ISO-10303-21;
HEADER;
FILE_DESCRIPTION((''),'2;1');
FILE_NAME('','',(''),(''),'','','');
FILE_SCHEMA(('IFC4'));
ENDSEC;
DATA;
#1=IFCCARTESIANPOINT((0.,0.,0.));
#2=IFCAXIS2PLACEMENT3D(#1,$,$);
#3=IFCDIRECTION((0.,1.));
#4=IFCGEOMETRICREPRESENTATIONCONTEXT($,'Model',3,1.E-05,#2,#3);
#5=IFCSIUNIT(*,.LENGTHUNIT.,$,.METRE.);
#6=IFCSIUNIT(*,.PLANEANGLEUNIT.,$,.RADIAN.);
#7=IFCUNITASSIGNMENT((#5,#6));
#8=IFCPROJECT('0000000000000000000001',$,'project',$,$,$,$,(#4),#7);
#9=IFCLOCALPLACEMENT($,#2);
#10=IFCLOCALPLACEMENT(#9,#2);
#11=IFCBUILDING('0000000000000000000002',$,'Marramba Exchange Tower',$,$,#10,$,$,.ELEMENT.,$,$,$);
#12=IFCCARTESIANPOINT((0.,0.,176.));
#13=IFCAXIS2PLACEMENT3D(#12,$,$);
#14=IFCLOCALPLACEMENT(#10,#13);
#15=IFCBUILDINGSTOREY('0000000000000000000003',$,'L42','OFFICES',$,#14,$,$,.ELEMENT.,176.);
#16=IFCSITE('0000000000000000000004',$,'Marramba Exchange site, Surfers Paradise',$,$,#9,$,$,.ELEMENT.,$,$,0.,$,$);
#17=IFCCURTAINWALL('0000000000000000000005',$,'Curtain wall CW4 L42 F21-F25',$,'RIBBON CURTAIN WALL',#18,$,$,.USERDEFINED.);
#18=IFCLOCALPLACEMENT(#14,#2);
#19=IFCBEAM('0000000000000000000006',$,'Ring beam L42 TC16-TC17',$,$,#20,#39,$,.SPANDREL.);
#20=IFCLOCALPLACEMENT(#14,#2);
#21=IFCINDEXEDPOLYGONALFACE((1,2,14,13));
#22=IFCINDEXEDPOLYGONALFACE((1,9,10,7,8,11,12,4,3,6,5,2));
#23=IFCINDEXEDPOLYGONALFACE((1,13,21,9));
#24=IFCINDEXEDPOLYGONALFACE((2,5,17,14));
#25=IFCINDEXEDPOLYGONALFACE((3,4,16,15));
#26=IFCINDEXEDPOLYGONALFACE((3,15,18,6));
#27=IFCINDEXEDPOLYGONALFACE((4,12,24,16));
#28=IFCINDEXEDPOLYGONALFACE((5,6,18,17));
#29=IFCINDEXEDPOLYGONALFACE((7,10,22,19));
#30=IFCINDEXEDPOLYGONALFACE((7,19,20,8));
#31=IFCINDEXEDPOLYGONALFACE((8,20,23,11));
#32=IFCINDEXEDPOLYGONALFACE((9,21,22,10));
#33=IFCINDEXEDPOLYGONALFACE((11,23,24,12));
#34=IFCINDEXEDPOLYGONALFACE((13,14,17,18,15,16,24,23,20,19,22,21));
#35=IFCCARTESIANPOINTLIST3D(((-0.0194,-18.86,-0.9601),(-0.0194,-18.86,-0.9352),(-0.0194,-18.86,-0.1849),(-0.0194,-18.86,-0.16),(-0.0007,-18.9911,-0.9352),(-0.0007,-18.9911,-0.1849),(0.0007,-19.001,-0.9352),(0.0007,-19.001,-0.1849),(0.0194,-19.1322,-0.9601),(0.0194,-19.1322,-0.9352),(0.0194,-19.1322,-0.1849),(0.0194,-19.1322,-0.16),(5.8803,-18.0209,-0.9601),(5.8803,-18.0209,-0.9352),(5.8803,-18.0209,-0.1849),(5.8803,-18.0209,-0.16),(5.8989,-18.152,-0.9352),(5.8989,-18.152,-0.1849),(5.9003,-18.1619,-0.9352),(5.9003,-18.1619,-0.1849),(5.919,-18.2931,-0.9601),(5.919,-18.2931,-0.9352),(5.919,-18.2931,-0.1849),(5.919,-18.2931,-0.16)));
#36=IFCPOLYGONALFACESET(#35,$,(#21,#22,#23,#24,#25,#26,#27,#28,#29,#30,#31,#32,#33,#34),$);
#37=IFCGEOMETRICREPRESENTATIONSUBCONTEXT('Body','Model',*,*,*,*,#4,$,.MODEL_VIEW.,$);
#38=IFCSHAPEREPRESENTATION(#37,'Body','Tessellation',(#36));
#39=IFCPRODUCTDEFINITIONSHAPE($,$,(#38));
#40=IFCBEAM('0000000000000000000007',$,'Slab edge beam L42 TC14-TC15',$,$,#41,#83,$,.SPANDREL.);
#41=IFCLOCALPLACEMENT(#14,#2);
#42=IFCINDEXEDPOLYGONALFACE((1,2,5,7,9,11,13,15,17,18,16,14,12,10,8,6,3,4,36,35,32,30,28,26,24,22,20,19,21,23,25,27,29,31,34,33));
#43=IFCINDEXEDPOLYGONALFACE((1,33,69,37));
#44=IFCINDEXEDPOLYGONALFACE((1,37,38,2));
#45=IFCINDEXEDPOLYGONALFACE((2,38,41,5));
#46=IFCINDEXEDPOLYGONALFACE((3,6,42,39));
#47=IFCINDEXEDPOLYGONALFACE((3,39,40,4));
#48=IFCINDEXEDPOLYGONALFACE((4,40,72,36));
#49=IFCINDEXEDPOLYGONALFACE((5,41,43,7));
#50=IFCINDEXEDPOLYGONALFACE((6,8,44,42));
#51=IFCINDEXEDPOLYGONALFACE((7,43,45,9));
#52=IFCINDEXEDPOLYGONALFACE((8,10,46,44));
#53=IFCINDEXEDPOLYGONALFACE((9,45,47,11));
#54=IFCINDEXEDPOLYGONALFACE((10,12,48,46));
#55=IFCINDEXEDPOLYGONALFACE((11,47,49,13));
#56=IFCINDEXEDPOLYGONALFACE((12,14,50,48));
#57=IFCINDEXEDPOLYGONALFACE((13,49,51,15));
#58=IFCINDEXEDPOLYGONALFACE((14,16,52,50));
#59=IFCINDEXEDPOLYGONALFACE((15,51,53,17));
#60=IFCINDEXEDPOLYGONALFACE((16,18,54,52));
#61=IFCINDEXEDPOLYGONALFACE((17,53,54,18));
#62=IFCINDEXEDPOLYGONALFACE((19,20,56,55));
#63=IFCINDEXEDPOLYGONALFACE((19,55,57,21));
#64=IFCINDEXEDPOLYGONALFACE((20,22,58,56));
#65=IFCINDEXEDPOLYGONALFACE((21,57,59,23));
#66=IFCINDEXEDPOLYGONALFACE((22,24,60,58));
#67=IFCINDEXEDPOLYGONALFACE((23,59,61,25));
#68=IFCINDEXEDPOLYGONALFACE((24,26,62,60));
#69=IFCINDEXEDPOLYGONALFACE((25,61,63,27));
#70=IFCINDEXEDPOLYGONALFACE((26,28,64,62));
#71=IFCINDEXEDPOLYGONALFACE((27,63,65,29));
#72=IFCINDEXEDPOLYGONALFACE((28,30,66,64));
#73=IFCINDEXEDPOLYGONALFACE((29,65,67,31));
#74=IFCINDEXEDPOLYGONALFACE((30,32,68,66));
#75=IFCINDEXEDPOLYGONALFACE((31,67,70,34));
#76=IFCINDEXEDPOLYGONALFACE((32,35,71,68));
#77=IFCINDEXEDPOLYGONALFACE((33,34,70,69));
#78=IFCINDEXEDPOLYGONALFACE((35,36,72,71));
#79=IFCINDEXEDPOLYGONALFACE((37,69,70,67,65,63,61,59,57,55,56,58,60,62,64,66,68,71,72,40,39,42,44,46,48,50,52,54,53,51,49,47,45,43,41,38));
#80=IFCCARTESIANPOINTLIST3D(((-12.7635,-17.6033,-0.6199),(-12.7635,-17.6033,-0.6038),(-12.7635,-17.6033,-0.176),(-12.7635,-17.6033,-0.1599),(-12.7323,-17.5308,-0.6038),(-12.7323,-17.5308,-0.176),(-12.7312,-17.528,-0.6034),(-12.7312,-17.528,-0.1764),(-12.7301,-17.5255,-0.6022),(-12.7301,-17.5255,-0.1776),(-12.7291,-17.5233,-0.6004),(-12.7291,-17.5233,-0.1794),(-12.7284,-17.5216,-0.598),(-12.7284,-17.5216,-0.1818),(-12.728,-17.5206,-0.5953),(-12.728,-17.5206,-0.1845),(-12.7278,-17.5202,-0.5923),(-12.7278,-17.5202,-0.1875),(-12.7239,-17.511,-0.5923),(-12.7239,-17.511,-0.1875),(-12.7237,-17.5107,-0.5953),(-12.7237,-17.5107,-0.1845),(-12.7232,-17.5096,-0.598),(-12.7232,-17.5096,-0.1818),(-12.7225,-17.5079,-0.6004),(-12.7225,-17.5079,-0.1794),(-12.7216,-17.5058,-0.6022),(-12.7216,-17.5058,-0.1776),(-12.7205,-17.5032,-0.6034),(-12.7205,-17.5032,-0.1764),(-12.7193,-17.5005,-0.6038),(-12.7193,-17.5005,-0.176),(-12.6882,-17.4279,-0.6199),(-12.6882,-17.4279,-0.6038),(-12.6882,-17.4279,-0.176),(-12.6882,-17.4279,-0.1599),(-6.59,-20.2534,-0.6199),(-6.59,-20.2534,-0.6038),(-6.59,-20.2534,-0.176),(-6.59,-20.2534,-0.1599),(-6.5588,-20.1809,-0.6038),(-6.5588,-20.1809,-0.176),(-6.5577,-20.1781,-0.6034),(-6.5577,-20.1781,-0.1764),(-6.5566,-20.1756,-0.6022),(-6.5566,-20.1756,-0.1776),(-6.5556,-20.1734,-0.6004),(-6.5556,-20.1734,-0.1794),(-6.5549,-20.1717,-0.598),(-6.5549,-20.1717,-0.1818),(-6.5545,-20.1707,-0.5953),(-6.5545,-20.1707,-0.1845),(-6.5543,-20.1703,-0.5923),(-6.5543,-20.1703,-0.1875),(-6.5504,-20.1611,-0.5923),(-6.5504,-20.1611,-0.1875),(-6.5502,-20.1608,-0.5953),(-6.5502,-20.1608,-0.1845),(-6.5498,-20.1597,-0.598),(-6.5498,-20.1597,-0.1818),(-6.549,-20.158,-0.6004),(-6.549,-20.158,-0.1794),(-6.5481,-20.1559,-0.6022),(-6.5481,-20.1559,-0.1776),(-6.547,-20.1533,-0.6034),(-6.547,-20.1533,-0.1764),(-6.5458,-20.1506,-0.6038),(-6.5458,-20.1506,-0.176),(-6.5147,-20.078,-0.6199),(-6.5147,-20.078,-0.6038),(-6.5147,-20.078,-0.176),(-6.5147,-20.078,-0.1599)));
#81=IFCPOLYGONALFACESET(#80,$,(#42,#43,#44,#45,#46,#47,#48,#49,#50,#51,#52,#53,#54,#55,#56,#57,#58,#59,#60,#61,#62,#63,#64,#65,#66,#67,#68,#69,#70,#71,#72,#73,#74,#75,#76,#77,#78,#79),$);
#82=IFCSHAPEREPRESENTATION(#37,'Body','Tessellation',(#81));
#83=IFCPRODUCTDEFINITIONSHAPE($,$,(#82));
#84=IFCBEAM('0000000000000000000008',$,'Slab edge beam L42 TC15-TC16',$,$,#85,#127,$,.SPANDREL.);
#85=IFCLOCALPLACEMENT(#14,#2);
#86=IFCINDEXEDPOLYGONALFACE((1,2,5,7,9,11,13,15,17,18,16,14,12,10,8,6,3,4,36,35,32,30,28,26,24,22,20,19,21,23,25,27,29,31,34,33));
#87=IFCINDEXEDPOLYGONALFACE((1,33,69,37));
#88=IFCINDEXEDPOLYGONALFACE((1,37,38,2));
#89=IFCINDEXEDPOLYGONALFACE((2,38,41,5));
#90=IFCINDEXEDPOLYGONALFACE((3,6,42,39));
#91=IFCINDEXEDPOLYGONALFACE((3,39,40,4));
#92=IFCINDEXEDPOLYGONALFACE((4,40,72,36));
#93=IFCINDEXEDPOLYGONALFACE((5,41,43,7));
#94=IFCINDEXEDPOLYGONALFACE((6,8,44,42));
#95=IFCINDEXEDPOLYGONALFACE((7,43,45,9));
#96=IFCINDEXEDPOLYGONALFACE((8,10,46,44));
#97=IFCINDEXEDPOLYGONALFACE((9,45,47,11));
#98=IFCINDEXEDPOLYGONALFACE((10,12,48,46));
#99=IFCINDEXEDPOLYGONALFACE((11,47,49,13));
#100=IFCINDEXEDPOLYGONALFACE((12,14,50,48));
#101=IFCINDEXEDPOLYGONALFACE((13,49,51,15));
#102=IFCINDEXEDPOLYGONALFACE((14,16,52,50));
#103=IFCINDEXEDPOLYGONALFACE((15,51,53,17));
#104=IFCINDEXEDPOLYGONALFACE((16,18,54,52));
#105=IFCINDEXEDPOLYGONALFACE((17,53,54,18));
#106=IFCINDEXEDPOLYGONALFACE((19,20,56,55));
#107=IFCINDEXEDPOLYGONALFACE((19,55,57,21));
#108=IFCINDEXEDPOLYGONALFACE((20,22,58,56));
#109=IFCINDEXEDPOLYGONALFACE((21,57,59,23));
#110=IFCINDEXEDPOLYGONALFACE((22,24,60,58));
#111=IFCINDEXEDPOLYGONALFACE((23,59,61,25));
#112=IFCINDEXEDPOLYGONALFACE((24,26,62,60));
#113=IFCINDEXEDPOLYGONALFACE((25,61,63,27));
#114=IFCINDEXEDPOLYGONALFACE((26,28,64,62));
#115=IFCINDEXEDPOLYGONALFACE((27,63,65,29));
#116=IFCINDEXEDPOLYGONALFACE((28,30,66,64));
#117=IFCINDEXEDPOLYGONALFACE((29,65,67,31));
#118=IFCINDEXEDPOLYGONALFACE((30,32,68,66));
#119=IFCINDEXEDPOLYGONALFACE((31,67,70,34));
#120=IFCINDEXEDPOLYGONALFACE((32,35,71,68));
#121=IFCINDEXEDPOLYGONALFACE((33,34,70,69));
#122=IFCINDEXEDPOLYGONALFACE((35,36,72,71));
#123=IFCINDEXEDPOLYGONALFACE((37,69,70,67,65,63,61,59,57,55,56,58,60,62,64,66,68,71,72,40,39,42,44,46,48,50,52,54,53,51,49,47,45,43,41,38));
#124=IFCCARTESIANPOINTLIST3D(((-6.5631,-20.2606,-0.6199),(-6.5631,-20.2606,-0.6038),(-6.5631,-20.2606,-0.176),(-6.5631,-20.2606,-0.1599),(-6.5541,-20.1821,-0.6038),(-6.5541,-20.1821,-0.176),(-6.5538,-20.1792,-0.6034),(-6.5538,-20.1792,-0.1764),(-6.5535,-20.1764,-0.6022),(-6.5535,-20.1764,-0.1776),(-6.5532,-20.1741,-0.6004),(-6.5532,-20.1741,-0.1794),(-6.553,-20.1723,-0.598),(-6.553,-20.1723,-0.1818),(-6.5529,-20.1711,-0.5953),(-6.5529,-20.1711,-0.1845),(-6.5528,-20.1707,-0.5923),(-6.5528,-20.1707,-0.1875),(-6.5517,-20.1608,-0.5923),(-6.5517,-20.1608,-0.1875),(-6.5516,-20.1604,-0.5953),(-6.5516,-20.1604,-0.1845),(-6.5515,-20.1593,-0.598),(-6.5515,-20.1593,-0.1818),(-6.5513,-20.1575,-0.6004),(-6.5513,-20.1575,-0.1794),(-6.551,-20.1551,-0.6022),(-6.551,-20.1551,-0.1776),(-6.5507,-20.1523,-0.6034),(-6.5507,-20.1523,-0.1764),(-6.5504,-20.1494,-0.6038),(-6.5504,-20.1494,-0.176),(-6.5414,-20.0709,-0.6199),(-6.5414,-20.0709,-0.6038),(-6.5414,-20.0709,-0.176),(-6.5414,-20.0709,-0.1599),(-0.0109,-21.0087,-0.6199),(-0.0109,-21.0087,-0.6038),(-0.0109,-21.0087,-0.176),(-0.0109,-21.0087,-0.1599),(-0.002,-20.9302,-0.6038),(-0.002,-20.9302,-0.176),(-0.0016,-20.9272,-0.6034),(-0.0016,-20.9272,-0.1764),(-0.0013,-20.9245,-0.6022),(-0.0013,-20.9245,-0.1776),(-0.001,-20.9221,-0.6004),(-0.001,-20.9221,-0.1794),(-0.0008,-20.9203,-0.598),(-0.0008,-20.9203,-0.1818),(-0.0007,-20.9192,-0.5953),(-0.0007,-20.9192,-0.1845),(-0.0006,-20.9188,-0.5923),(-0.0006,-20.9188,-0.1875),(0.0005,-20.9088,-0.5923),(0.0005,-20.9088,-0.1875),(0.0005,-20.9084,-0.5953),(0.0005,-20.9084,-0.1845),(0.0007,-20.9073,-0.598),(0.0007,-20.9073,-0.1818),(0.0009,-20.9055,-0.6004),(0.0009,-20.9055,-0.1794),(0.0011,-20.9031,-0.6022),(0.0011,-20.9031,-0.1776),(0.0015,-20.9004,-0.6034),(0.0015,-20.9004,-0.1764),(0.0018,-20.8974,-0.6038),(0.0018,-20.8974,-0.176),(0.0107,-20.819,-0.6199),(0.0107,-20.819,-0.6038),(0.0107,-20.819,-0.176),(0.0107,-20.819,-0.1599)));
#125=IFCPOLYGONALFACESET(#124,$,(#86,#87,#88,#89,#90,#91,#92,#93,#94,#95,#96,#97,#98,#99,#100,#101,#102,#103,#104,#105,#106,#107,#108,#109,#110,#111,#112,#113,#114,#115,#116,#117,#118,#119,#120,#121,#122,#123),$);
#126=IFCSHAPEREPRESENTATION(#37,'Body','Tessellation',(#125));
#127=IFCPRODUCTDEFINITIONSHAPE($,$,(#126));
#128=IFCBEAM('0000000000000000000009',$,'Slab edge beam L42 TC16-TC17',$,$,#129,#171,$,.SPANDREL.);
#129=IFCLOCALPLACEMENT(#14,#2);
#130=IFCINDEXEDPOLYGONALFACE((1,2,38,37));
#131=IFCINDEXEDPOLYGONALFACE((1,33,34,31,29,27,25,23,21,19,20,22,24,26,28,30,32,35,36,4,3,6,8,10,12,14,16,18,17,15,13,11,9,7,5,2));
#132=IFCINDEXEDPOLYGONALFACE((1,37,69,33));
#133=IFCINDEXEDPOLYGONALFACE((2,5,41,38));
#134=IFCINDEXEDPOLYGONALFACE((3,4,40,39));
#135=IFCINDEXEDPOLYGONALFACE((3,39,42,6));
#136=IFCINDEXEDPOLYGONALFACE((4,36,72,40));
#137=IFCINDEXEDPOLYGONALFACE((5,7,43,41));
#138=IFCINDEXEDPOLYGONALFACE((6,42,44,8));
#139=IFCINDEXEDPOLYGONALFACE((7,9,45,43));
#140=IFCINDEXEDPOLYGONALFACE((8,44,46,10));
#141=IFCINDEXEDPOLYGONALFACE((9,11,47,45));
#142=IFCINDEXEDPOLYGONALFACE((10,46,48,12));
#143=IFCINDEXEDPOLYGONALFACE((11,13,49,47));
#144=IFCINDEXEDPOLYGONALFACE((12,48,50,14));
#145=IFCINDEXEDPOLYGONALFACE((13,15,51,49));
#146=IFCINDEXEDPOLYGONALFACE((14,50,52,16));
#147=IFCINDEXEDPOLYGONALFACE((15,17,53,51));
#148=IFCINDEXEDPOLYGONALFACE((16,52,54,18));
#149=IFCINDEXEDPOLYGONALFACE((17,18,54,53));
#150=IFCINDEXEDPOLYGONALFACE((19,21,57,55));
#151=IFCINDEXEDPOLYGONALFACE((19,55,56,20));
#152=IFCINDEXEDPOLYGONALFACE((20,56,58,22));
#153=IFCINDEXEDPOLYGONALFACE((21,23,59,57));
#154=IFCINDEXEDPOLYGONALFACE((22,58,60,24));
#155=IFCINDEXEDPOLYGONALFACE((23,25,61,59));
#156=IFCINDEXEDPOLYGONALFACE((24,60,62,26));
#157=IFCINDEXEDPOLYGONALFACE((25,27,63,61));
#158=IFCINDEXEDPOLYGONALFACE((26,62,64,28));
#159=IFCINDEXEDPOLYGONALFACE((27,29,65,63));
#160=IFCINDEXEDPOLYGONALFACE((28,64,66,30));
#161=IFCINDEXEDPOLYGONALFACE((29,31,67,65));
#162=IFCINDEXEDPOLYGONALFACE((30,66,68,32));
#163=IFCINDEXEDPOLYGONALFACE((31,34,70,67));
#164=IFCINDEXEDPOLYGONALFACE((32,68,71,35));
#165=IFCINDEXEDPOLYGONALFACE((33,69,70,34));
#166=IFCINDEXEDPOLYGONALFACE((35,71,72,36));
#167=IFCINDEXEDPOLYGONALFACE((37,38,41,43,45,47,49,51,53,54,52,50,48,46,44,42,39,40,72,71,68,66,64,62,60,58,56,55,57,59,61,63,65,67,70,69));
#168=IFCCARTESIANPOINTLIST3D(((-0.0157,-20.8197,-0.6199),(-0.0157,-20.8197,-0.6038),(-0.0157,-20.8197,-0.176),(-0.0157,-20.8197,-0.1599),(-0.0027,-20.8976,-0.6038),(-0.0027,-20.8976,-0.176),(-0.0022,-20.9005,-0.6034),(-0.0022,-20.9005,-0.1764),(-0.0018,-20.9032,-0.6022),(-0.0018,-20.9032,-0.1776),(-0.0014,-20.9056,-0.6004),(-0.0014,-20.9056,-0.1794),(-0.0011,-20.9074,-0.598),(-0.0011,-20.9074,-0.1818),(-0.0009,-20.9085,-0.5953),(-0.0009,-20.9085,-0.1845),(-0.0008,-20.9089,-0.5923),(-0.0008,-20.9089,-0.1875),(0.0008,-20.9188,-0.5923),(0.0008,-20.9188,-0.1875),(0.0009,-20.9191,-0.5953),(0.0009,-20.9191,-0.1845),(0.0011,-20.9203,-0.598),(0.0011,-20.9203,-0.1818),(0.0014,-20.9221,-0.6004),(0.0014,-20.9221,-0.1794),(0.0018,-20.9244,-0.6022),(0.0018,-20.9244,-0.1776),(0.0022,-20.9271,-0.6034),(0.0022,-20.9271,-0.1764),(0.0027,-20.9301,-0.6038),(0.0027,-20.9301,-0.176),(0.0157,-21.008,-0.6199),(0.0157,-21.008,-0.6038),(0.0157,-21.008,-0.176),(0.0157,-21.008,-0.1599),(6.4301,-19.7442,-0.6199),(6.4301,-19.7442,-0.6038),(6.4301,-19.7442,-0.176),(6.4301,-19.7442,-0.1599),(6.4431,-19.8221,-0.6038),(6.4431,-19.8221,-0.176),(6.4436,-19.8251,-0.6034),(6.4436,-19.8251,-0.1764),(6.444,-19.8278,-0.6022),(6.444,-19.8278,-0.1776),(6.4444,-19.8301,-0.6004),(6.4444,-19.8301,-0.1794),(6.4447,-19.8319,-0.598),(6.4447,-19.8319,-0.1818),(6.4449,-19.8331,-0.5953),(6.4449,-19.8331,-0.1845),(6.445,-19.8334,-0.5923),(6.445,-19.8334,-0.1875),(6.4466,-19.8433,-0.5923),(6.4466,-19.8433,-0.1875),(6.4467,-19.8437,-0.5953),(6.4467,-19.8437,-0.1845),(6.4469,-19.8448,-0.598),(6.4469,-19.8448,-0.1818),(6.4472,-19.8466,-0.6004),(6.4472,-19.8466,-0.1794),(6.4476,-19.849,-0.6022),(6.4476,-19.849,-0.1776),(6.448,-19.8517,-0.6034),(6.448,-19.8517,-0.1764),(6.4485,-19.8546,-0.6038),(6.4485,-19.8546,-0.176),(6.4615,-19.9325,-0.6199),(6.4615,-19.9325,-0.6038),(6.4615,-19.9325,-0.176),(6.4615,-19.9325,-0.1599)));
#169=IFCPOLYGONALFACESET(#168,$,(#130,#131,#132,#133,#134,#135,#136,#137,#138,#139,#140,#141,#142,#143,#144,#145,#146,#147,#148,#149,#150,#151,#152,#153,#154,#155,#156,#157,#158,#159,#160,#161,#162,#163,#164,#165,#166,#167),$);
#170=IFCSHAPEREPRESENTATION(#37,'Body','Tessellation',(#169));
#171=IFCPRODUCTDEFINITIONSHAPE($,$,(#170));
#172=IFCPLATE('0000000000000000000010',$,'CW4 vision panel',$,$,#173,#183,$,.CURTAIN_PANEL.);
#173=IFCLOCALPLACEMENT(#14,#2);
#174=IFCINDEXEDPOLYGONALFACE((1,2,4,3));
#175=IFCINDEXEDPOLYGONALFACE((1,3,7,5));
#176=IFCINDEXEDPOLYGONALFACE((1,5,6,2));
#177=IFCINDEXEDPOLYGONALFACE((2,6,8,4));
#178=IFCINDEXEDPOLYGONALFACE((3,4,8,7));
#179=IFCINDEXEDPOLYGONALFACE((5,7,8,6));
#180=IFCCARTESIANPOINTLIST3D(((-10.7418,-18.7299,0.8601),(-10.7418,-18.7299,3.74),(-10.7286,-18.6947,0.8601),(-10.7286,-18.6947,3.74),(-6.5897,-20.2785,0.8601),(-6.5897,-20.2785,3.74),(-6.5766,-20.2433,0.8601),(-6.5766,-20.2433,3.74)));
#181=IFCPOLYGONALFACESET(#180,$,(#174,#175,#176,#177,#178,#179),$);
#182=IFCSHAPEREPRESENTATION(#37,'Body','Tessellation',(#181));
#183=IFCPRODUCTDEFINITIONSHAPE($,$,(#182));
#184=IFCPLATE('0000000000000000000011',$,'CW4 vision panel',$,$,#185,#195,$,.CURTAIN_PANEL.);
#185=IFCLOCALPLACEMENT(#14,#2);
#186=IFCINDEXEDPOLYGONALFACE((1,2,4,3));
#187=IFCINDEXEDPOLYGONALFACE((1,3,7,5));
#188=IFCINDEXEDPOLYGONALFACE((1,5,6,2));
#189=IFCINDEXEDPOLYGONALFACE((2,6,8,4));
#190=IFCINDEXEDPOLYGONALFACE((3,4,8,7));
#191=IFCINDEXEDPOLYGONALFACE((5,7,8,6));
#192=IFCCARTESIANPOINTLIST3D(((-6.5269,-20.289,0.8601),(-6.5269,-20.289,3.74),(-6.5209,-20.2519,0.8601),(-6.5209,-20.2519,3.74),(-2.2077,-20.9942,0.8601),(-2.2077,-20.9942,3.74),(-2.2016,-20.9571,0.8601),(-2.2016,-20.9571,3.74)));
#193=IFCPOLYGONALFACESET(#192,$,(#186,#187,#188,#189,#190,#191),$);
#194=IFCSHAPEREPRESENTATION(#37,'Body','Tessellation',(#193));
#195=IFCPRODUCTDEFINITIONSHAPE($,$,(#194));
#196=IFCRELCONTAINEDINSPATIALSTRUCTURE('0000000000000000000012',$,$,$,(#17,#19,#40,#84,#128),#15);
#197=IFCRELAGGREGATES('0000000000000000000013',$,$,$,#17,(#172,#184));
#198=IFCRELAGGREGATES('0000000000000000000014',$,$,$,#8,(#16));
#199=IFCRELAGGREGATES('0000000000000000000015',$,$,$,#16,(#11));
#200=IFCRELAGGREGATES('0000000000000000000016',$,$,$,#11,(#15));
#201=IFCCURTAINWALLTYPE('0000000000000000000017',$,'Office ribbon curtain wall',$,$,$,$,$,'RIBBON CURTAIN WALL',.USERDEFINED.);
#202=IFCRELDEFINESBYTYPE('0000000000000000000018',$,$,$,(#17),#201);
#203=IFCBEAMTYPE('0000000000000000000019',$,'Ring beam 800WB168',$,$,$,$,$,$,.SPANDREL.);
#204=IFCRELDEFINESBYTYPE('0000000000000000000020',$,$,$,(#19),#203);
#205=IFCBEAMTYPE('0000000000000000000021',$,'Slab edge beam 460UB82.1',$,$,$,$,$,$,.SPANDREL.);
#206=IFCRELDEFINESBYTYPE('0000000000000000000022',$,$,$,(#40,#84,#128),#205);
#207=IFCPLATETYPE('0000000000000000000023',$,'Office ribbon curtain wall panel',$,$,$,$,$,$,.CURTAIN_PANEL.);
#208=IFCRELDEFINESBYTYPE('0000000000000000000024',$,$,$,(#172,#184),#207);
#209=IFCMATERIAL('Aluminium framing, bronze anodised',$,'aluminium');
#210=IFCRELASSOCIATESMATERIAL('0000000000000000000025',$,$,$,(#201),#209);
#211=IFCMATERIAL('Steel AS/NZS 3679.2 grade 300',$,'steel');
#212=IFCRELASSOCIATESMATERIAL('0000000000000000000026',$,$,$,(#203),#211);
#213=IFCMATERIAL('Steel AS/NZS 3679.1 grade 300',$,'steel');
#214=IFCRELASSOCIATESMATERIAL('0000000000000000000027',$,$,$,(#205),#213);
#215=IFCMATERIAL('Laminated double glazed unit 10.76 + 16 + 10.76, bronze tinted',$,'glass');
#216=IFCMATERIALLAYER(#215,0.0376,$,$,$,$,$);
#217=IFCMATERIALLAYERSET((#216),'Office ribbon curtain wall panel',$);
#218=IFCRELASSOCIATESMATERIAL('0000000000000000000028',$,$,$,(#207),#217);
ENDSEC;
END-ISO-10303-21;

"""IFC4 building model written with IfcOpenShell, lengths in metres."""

from ifc_helpers import new_model, si_unit, direction, frame, origin, origin_2d, place, context, subcontext, project, spatial, rectangle, i_section, extrude, material, layer, layer_set, material_profile, profile_set, type_object, element, aggregate, save


model = new_model("IFC4")

# Units and contexts
model_context = context("Model", 3, precision=1e-05, world=origin(), true_north=direction((0.0, 1.0)))
body_context = subcontext(model_context, "Body", "Model", "MODEL_VIEW")
ifc_project = project(units=[si_unit("LENGTHUNIT", "METRE"), si_unit("PLANEANGLEUNIT", "RADIAN")], contexts=[model_context])

# Site, building, storey
site_placement = place(None, origin())
site = spatial("IfcSite", under=ifc_project, at=site_placement, Name="Marramba Exchange site, Surfers Paradise", CompositionType="ELEMENT", RefElevation=0.0)
building_placement = place(site_placement, origin())
building = spatial("IfcBuilding", under=site, at=building_placement, Name="Marramba Exchange Tower", CompositionType="ELEMENT")
storey_placement = place(building_placement, frame((0.0, 0.0, 176.0)))
storey = spatial("IfcBuildingStorey", under=building, at=storey_placement, Name="L42", Description="OFFICES", CompositionType="ELEMENT", Elevation=176.0)

# Shared definitions
ifc_material_1 = material(Name="Steel AS/NZS 3679.2 grade 300", Category="steel")

# Curtain wall
ifc_material_2 = material(Name="Aluminium framing, bronze anodised", Category="aluminium")
curtain_wall_type = type_object("IfcCurtainWallType", Name="Office ribbon curtain wall", ElementType="RIBBON CURTAIN WALL", PredefinedType="USERDEFINED", material=ifc_material_2)
curtain_wall_placement = place(storey_placement, origin())
curtain_wall = element("IfcCurtainWall", 1, at=curtain_wall_placement, inside=storey, type_object=curtain_wall_type, Name="Curtain wall CW4 L42 F21-F25", ObjectType="RIBBON CURTAIN WALL", PredefinedType="USERDEFINED")

# Beams
ifc_material_profile_1 = material_profile(ifc_material_1, i_section(OverallWidth=0.2749, OverallDepth=0.8, WebThickness=0.01, FlangeThickness=0.0249, at=origin_2d()), Name="800WB168")
ifc_profile_set_1 = profile_set([ifc_material_profile_1], Name="Steel AS/NZS 3679.2 grade 300")
beam_type_1 = type_object("IfcBeamType", Name="Ring beam 800WB168", PredefinedType="SPANDREL", material=ifc_profile_set_1)
for number, where, z_axis, x_axis, name in (
    (2, (0.0, -18.9961, -0.5601), (0.990036, 0.140813, 0.0), (-0.140813, 0.990036, 0.0), "Ring beam L42 TC16-TC17"),
):
    element("IfcBeam", number, at=place(storey_placement, frame(where, z_axis=z_axis, x_axis=x_axis)), inside=storey, type_object=beam_type_1, Name=name, PredefinedType="SPANDREL", context=body_context, shape_type="SweptSolid", body=[
        extrude(i_section(OverallWidth=0.2749, OverallDepth=0.8, WebThickness=0.01, FlangeThickness=0.0249, at=origin_2d()), origin(), (0.0, 0.0, 1.0), 5.959),
    ])
ifc_material_3 = material(Name="Steel AS/NZS 3679.1 grade 300", Category="steel")
ifc_material_profile_2 = material_profile(ifc_material_3, i_section(OverallWidth=0.1909, OverallDepth=0.46, WebThickness=0.01, FlangeThickness=0.0161, FilletRadius=0.0115, at=origin_2d()), Name="460UB82.1")
ifc_profile_set_2 = profile_set([ifc_material_profile_2], Name="Steel AS/NZS 3679.1 grade 300")
beam_type_2 = type_object("IfcBeamType", Name="Slab edge beam 460UB82.1", PredefinedType="SPANDREL", material=ifc_profile_set_2)
beam_1_placement = place(storey_placement, frame((-12.7258, -17.5156, -0.3899), z_axis=(0.918912, -0.394463, 0.0), x_axis=(0.394463, 0.918912, 0.0)))
element("IfcBeam", 3, at=beam_1_placement, inside=storey, type_object=beam_type_2, Name="Slab edge beam L42 TC14-TC15", PredefinedType="SPANDREL", context=body_context, shape_type="SweptSolid", body=[
    extrude(i_section(OverallWidth=0.1909, OverallDepth=0.46, WebThickness=0.01, FlangeThickness=0.0161, FilletRadius=0.0115, at=origin_2d()), origin(), (0.0, 0.0, 1.0), 6.7183),
])
beam_2_placement = place(storey_placement, frame((-6.5522, -20.1658, -0.3899), z_axis=(0.993546, -0.11343, 0.0), x_axis=(0.11343, 0.993546, 0.0)))
element("IfcBeam", 4, at=beam_2_placement, inside=storey, type_object=beam_type_2, Name="Slab edge beam L42 TC15-TC16", PredefinedType="SPANDREL", context=body_context, shape_type="SweptSolid", body=[
    extrude(i_section(OverallWidth=0.1909, OverallDepth=0.46, WebThickness=0.01, FlangeThickness=0.0161, FilletRadius=0.0115, at=origin_2d()), origin(), (0.0, 0.0, 1.0), 6.5947),
])
beam_3_placement = place(storey_placement, frame((0.0, -20.9138, -0.3899), z_axis=(0.986366, 0.164569, 0.0), x_axis=(-0.164569, 0.986366, 0.0)))
element("IfcBeam", 5, at=beam_3_placement, inside=storey, type_object=beam_type_2, Name="Slab edge beam L42 TC16-TC17", PredefinedType="SPANDREL", context=body_context, shape_type="SweptSolid", body=[
    extrude(i_section(OverallWidth=0.1909, OverallDepth=0.46, WebThickness=0.01, FlangeThickness=0.0161, FilletRadius=0.0115, at=origin_2d()), origin(), (0.0, 0.0, 1.0), 6.5349),
])

# Plates
ifc_material_4 = material(Name="Laminated double glazed unit 10.76 + 16 + 10.76, bronze tinted", Category="glass")
ifc_layer_1 = layer(ifc_material_4, 0.0376)
ifc_layer_set_1 = layer_set([ifc_layer_1], Name="Office ribbon curtain wall panel")
plate_type = type_object("IfcPlateType", Name="Office ribbon curtain wall panel", PredefinedType="CURTAIN_PANEL", material=ifc_layer_set_1)
plate_1_placement = place(storey_placement, frame((-8.6592, -19.4866, 0.8601), z_axis=(0.0, 0.0, 1.0), x_axis=(0.936952, -0.349459, 0.0)))
plate_1 = element("IfcPlate", 6, at=plate_1_placement, type_object=plate_type, Name="CW4 vision panel", PredefinedType="CURTAIN_PANEL", context=body_context, shape_type="SweptSolid", body=[
    extrude(rectangle(XDim=4.4314, YDim=0.0376, at=origin_2d()), origin(), (0.0, 0.0, 1.0), 2.8799),
])
plate_2_placement = place(storey_placement, frame((-4.3643, -20.623, 0.8601), z_axis=(0.0, 0.0, 1.0), x_axis=(0.986931, -0.161146, 0.0)))
plate_2 = element("IfcPlate", 7, at=plate_2_placement, type_object=plate_type, Name="CW4 vision panel", PredefinedType="CURTAIN_PANEL", context=body_context, shape_type="SweptSolid", body=[
    extrude(rectangle(XDim=4.3765, YDim=0.0376, at=origin_2d()), origin(), (0.0, 0.0, 1.0), 2.8799),
])
aggregate(curtain_wall, [plate_1, plate_2])

save(model, "model.ifc")
